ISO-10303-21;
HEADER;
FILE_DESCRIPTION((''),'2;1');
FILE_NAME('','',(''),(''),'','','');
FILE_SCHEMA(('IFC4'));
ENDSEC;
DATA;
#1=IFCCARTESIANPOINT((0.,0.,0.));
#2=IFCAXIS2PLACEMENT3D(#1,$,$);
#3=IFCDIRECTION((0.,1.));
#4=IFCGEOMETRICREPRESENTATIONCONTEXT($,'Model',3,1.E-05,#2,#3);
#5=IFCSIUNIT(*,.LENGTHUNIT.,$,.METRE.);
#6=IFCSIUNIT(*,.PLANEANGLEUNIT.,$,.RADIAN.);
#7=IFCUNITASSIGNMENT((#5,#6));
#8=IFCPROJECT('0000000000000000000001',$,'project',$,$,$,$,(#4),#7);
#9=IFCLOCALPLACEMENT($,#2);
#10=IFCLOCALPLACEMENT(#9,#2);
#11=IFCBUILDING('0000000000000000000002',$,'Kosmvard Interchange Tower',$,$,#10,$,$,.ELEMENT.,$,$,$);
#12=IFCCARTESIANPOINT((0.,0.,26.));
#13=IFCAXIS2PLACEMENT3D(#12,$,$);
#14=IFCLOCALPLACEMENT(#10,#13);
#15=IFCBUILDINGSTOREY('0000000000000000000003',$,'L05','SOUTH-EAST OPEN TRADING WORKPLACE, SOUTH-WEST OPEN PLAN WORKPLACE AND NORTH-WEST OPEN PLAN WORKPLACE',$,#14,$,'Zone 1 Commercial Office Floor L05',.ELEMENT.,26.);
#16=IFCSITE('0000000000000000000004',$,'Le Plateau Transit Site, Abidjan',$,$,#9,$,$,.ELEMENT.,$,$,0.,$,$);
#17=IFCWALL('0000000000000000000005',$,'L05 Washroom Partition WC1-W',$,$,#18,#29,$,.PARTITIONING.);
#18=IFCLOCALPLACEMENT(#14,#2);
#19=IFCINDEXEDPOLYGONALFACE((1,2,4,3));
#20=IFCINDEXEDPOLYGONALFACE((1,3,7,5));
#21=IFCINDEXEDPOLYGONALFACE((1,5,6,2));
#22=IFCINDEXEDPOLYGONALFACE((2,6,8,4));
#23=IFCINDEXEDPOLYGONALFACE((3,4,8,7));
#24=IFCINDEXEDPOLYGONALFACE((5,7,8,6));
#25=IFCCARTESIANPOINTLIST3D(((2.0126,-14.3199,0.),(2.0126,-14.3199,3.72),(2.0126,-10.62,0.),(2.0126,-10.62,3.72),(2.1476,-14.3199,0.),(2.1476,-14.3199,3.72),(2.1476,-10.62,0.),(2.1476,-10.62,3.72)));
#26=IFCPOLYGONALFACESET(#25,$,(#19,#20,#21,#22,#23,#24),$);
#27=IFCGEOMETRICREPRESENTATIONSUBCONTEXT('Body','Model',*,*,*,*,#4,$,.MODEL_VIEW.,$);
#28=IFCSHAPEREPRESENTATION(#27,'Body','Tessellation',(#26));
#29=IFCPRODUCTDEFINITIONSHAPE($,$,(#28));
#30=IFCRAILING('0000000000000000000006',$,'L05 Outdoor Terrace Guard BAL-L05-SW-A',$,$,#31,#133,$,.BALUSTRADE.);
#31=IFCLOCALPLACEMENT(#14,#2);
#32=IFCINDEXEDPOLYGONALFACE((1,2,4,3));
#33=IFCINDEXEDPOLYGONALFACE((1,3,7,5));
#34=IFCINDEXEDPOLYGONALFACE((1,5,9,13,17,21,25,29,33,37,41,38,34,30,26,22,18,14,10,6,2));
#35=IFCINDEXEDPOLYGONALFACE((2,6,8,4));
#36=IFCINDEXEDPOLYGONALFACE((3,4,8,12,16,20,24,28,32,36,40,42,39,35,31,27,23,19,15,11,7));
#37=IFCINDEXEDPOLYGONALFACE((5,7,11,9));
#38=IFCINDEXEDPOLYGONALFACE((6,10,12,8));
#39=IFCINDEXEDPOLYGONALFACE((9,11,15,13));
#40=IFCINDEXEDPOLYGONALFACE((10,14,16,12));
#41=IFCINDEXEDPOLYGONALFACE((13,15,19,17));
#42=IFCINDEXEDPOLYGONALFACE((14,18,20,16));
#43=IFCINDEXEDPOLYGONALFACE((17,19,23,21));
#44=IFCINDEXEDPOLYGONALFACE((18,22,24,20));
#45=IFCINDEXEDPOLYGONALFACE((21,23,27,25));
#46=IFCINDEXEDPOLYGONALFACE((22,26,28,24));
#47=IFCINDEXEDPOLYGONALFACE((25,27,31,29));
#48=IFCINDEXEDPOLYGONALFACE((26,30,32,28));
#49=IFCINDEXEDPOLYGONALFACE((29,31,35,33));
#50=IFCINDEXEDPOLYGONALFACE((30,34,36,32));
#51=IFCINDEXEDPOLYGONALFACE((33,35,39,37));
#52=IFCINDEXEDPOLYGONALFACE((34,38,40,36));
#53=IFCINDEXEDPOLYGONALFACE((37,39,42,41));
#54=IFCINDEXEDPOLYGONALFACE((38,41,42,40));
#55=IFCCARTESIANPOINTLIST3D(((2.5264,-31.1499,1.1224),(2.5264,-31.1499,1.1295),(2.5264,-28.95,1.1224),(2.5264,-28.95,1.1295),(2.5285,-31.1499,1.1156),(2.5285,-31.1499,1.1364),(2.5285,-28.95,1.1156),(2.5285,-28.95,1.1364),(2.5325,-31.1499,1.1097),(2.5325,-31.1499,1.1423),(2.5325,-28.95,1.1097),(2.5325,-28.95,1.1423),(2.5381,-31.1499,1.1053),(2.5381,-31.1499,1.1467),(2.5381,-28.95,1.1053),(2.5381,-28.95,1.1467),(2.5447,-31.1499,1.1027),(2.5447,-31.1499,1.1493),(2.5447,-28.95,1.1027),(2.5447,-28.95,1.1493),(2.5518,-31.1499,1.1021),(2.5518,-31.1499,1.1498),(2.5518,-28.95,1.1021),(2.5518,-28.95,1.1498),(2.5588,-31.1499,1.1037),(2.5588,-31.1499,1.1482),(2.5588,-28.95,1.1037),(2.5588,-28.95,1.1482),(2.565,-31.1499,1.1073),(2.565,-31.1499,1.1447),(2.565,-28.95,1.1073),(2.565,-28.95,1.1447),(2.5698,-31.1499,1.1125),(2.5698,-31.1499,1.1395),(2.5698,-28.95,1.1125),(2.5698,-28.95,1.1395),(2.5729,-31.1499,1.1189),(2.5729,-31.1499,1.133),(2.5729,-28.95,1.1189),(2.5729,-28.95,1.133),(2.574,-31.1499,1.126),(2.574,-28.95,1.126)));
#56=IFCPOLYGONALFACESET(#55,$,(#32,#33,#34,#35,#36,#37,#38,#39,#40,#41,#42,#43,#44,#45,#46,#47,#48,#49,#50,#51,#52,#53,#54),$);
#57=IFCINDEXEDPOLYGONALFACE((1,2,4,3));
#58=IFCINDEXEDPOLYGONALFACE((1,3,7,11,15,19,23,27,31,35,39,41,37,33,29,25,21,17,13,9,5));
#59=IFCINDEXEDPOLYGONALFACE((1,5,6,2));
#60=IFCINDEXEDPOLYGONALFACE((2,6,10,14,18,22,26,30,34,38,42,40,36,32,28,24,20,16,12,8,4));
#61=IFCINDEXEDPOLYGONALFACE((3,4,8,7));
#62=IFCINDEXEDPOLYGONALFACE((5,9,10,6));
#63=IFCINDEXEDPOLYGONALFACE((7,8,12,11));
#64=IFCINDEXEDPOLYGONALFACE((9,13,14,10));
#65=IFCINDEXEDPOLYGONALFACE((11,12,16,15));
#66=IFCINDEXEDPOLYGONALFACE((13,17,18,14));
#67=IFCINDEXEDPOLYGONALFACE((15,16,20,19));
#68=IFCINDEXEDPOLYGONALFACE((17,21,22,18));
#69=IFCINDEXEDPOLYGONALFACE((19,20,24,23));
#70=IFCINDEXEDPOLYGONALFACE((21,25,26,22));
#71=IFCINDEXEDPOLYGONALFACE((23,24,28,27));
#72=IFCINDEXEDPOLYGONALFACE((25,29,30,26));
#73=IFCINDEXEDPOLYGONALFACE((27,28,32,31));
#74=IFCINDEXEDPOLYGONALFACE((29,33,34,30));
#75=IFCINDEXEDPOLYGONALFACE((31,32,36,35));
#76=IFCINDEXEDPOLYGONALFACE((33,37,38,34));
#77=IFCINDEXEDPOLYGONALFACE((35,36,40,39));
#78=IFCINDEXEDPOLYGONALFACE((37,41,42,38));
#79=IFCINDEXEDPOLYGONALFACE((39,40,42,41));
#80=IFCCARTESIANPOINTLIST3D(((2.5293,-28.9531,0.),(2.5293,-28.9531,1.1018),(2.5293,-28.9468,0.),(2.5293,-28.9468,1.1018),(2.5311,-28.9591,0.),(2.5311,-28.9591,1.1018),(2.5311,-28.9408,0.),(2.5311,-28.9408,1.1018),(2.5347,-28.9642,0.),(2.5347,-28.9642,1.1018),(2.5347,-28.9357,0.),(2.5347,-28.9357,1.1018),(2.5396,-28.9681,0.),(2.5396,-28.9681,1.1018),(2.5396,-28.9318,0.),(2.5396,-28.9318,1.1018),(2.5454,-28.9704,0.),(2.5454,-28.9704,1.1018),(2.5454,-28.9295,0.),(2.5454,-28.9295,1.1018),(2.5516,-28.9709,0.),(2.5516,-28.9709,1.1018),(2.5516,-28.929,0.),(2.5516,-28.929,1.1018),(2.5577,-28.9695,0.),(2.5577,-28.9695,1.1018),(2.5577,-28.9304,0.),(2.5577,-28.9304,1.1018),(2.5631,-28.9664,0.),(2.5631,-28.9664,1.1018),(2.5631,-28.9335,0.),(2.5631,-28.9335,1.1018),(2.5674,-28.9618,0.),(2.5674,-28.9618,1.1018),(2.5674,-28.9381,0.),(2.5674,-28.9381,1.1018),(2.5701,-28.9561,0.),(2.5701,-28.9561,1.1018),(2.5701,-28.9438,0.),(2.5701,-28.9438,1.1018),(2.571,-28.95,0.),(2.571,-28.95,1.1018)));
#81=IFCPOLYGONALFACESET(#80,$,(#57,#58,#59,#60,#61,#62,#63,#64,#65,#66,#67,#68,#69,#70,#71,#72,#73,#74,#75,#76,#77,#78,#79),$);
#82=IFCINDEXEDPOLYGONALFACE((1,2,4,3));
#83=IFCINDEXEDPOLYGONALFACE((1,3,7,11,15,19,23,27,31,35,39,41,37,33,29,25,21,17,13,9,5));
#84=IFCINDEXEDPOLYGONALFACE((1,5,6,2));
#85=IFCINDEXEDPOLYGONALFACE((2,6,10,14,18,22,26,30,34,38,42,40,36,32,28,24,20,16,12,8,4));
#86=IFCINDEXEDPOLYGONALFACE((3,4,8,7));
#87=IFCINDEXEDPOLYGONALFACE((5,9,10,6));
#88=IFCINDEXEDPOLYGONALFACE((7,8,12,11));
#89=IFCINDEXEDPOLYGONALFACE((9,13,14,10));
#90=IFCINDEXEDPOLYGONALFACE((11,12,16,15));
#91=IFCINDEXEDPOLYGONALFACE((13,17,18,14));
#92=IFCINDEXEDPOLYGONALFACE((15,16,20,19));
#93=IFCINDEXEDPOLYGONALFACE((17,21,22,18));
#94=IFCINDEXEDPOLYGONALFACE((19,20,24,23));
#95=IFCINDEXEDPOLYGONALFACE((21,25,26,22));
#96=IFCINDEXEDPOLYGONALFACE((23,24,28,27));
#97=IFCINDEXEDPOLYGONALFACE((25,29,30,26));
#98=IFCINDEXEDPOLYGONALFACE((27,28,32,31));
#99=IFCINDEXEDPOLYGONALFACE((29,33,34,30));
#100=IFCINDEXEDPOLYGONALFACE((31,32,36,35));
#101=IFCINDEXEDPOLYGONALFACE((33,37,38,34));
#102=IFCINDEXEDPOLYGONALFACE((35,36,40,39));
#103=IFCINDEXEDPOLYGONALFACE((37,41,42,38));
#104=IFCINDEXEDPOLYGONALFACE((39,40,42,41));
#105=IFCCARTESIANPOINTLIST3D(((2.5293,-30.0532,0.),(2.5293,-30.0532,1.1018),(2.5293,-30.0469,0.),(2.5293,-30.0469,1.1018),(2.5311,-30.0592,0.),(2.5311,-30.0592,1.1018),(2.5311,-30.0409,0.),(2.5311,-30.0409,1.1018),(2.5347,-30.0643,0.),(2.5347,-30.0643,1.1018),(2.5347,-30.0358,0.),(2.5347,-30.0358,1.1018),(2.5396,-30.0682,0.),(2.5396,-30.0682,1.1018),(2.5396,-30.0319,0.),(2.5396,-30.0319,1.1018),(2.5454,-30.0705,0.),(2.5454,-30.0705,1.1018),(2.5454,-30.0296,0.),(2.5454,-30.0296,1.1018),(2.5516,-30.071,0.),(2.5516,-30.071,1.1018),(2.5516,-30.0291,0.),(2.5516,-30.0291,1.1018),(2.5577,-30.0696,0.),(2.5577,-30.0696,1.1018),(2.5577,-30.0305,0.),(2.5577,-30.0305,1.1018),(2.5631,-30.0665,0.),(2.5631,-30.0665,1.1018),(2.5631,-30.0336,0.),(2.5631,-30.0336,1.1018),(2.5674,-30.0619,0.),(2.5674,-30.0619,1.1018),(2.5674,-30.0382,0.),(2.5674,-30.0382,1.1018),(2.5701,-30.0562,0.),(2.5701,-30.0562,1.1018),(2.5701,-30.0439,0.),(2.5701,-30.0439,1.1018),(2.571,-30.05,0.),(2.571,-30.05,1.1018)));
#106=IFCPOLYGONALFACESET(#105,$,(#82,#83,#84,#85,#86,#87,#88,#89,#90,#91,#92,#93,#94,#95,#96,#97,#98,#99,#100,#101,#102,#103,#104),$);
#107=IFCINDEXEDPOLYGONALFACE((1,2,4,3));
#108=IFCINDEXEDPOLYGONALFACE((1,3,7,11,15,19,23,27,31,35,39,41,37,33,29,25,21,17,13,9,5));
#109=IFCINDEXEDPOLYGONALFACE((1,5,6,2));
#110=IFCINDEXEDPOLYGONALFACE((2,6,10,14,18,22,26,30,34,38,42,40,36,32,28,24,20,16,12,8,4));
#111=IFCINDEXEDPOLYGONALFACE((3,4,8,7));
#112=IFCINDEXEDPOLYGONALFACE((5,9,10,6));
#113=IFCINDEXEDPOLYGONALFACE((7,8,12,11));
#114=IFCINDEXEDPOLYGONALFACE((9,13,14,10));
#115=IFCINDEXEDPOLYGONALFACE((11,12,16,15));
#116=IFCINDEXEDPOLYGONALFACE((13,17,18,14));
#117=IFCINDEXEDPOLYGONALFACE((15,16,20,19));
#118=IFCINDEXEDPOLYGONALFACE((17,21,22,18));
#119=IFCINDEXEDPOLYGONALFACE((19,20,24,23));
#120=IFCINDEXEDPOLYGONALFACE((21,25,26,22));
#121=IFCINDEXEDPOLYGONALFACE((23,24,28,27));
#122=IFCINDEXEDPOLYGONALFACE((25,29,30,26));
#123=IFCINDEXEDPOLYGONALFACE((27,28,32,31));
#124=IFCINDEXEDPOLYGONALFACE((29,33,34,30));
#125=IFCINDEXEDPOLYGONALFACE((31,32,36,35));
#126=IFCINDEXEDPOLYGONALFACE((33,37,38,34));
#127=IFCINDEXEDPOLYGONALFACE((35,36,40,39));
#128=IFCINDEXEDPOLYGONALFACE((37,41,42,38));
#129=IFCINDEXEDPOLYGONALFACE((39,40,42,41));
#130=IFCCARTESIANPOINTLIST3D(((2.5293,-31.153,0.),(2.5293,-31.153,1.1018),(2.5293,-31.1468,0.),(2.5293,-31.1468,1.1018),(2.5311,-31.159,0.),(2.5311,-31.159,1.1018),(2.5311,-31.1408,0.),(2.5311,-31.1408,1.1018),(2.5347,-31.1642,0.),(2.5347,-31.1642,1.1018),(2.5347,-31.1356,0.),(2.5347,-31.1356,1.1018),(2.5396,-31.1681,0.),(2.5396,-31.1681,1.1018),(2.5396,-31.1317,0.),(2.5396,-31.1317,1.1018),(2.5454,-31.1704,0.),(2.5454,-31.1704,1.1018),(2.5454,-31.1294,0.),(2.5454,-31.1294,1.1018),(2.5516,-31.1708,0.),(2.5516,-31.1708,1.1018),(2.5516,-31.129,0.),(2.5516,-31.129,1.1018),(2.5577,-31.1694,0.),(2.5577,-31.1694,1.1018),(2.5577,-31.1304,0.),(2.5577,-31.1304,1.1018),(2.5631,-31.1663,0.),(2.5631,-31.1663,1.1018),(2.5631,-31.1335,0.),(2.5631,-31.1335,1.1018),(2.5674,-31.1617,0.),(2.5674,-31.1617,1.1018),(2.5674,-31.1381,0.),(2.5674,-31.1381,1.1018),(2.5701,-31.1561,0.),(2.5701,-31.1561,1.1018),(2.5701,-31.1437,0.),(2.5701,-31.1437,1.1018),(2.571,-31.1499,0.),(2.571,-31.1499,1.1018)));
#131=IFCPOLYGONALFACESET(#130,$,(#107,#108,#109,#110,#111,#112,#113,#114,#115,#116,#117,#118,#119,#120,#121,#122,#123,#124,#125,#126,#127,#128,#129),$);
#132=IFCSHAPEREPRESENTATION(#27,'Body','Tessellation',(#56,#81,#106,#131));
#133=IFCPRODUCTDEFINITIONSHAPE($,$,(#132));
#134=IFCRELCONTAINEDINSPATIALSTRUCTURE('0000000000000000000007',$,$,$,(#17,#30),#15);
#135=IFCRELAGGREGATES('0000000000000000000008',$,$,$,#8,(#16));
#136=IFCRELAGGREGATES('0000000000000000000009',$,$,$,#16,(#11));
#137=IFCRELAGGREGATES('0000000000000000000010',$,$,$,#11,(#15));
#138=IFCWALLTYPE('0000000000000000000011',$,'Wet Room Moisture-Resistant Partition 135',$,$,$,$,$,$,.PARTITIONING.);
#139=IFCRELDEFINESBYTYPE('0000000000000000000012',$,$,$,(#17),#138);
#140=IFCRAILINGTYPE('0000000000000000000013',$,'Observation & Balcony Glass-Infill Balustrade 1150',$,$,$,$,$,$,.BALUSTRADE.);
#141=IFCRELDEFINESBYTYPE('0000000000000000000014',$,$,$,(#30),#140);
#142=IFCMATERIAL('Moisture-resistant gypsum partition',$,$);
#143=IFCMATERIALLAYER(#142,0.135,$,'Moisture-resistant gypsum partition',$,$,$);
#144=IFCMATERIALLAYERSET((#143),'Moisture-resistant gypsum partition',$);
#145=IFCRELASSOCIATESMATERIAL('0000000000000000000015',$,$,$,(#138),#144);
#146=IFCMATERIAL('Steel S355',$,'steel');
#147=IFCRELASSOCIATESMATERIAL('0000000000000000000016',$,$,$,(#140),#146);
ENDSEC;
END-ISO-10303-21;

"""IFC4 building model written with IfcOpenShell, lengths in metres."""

from ifc_helpers import new_model, si_unit, direction, frame, frame_2d, origin, origin_2d, place, context, subcontext, project, spatial, rectangle, circle, extrude, source, transform, mapped, material, layer, layer_set, type_object, element, save


model = new_model("IFC4")

# Units and contexts
model_context = context("Model", 3, precision=1e-05, world=origin(), true_north=direction((0.0, 1.0)))
body_context = subcontext(model_context, "Body", "Model", "MODEL_VIEW")
ifc_project = project(units=[si_unit("LENGTHUNIT", "METRE"), si_unit("PLANEANGLEUNIT", "RADIAN")], contexts=[model_context])

# Site, building, storey
site_placement = place(None, origin())
site = spatial("IfcSite", under=ifc_project, at=site_placement, Name="Le Plateau Transit Site, Abidjan", CompositionType="ELEMENT", RefElevation=0.0)
building_placement = place(site_placement, origin())
building = spatial("IfcBuilding", under=site, at=building_placement, Name="Kosmvard Interchange Tower", CompositionType="ELEMENT")
storey_placement = place(building_placement, frame((0.0, 0.0, 26.0)))
storey = spatial("IfcBuildingStorey", under=building, at=storey_placement, Name="L05", Description="SOUTH-EAST OPEN TRADING WORKPLACE, SOUTH-WEST OPEN PLAN WORKPLACE AND NORTH-WEST OPEN PLAN WORKPLACE", LongName="Zone 1 Commercial Office Floor L05", CompositionType="ELEMENT", Elevation=26.0)

# Shared definitions
ifc_material_1 = material(Name="Steel S355", Category="steel")

# Wall
ifc_material_2 = material(Name="Moisture-resistant gypsum partition")
ifc_layer_1 = layer(ifc_material_2, 0.135, Name="Moisture-resistant gypsum partition")
ifc_layer_set_1 = layer_set([ifc_layer_1], Name="Moisture-resistant gypsum partition")
wall_type_1 = type_object("IfcWallType", Name="Wet Room Moisture-Resistant Partition 135", PredefinedType="PARTITIONING", material=ifc_layer_set_1)
for number, where, z_axis, x_axis, name in (
    (1, (2.0801, -14.3201, 0.0), (0.0, 0.0, 1.0), (0.0, 1.0, 0.0), "L05 Washroom Partition WC1-W"),
):
    element("IfcWall", number, at=place(storey_placement, frame(where, z_axis=z_axis, x_axis=x_axis)), inside=storey, type_object=wall_type_1, Name=name, PredefinedType="PARTITIONING", context=body_context, shape_type="SweptSolid", body=[
        extrude(rectangle(XDim=3.7, YDim=0.135, at=frame_2d((1.8501, 0.0))), origin(), (0.0, 0.0, 1.0), 3.72),
    ])

# Railing
railing_type = type_object("IfcRailingType", Name="Observation & Balcony Glass-Infill Balustrade 1150", PredefinedType="BALUSTRADE", material=ifc_material_1)
shared_shape_1 = source(origin(), body_context, "Body", "SweptSolid", [
    extrude(circle(Radius=0.0239, at=origin_2d()), frame((0.0, 0.0, 1.126), z_axis=(0.0, -1.0, 0.0), x_axis=(1.0, 0.0, 0.0)), (0.0, 0.0, 1.0), 2.2),
    extrude(circle(Radius=0.021, at=origin_2d()), origin(), (0.0, 0.0, 1.0), 1.1018),
    extrude(circle(Radius=0.021, at=origin_2d()), frame((0.0, -1.1001, 0.0)), (0.0, 0.0, 1.0), 1.1018),
    extrude(circle(Radius=0.021, at=origin_2d()), frame((0.0, -2.2, 0.0)), (0.0, 0.0, 1.0), 1.1018),
])
railing_1_placement = place(storey_placement, frame((2.55, -28.95, 0.0)))
element("IfcRailing", 2, at=railing_1_placement, inside=storey, type_object=railing_type, Name="L05 Outdoor Terrace Guard BAL-L05-SW-A", PredefinedType="BALUSTRADE", context=body_context, shape_type="MappedRepresentation", body=[
    mapped(shared_shape_1, transform((0.0, 0.0, 0.0), scale=1.0)),
])

save(model, "model.ifc")
